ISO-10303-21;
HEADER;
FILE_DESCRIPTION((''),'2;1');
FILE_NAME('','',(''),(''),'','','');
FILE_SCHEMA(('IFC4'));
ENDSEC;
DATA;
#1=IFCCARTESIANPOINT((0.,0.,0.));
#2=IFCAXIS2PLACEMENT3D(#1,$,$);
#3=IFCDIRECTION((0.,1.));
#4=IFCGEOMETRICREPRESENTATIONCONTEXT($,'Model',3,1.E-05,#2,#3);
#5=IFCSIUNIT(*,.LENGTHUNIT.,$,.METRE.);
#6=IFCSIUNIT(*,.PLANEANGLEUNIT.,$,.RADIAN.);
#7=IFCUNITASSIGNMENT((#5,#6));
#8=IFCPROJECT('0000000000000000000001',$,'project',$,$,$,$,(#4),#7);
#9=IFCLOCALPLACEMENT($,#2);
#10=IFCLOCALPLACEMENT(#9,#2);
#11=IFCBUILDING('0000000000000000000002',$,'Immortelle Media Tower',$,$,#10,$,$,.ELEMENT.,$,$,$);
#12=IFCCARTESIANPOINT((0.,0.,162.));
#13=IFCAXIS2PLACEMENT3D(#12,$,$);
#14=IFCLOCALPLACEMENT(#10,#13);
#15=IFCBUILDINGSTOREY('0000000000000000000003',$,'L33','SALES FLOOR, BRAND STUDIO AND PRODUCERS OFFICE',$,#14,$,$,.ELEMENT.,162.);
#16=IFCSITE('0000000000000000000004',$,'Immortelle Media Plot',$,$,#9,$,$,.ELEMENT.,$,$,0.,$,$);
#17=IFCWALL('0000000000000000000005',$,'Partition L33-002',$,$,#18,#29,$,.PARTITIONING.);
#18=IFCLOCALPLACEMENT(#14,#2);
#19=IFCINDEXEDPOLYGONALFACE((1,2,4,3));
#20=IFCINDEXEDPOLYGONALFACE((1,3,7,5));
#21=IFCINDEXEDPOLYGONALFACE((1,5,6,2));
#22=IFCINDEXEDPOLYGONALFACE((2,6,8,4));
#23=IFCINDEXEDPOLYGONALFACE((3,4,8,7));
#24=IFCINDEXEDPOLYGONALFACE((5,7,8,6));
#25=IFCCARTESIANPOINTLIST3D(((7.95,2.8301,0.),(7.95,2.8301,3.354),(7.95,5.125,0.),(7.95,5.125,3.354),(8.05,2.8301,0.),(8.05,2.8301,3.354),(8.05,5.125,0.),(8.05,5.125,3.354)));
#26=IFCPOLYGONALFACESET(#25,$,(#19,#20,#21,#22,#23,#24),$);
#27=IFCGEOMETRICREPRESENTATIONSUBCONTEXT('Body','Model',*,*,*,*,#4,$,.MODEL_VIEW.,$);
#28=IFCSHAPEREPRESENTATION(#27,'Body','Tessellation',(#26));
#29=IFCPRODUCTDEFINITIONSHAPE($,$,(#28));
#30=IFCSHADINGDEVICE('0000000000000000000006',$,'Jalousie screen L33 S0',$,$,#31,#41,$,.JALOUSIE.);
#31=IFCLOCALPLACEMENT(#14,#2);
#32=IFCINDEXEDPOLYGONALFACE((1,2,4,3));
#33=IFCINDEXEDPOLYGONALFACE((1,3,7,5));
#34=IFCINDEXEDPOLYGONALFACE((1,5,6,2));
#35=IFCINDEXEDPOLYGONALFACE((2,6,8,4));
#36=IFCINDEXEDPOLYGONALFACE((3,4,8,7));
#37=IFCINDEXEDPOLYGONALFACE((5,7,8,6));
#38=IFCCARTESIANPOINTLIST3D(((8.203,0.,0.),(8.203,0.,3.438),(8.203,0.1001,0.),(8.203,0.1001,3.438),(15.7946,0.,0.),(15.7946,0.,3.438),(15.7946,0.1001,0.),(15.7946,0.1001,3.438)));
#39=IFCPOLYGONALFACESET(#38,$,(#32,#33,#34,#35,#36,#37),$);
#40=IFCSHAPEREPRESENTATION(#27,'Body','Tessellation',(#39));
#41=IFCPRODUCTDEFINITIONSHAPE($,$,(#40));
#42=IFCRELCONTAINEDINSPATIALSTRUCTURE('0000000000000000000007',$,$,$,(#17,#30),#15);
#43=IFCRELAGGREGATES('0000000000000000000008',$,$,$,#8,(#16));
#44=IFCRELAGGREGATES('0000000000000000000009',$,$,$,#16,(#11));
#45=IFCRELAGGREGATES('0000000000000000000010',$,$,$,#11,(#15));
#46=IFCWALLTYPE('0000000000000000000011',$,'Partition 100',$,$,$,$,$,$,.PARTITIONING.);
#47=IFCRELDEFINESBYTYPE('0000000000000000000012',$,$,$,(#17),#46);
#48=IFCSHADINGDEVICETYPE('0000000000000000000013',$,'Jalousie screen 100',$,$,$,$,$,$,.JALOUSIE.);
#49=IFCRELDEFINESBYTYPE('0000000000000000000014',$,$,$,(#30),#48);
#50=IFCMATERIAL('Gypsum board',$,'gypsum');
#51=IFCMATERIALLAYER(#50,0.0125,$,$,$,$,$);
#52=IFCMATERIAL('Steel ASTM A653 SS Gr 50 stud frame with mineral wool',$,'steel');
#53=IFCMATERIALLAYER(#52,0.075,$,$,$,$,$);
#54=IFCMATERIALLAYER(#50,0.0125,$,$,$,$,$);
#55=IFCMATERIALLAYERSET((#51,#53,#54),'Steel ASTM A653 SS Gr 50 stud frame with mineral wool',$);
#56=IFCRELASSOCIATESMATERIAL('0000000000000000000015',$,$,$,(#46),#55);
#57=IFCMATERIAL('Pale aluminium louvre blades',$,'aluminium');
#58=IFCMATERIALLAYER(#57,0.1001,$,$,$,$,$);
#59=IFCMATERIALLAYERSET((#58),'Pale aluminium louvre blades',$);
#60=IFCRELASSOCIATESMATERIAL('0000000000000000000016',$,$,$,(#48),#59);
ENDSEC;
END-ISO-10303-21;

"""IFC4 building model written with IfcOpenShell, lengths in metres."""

from ifc_helpers import new_model, si_unit, direction, frame, frame_2d, origin, origin_2d, place, context, subcontext, project, spatial, rectangle, extrude, material, layer, layer_set, type_object, element, save


model = new_model("IFC4")

# Units and contexts
model_context = context("Model", 3, precision=1e-05, world=origin(), true_north=direction((0.0, 1.0)))
body_context = subcontext(model_context, "Body", "Model", "MODEL_VIEW")
ifc_project = project(units=[si_unit("LENGTHUNIT", "METRE"), si_unit("PLANEANGLEUNIT", "RADIAN")], contexts=[model_context])

# Site, building, storey
site_placement = place(None, origin())
site = spatial("IfcSite", under=ifc_project, at=site_placement, Name="Immortelle Media Plot", CompositionType="ELEMENT", RefElevation=0.0)
building_placement = place(site_placement, origin())
building = spatial("IfcBuilding", under=site, at=building_placement, Name="Immortelle Media Tower", CompositionType="ELEMENT")
storey_placement = place(building_placement, frame((0.0, 0.0, 162.0)))
storey = spatial("IfcBuildingStorey", under=building, at=storey_placement, Name="L33", Description="SALES FLOOR, BRAND STUDIO AND PRODUCERS OFFICE", CompositionType="ELEMENT", Elevation=162.0)

# Shared definitions
ifc_material_1 = material(Name="Steel ASTM A653 SS Gr 50 stud frame with mineral wool", Category="steel")

# Wall
ifc_material_2 = material(Name="Gypsum board", Category="gypsum")
ifc_layer_1 = layer(ifc_material_2, 0.0125)
ifc_layer_2 = layer(ifc_material_1, 0.075)
ifc_layer_3 = layer(ifc_material_2, 0.0125)
ifc_layer_set_1 = layer_set([ifc_layer_1, ifc_layer_2, ifc_layer_3], Name="Steel ASTM A653 SS Gr 50 stud frame with mineral wool")
wall_type_1 = type_object("IfcWallType", Name="Partition 100", PredefinedType="PARTITIONING", material=ifc_layer_set_1)
wall_1_placement = place(storey_placement, frame((8.0, 2.8301, 0.0), z_axis=(0.0, 0.0, 1.0), x_axis=(0.0, 1.0, 0.0)))
element("IfcWall", 1, at=wall_1_placement, inside=storey, type_object=wall_type_1, Name="Partition L33-002", PredefinedType="PARTITIONING", context=body_context, shape_type="SweptSolid", body=[
    extrude(rectangle(XDim=2.2949, YDim=0.1001, at=frame_2d((1.1475, 0.0))), origin(), (0.0, 0.0, 1.0), 3.354),
])

# Shading device
ifc_material_3 = material(Name="Pale aluminium louvre blades", Category="aluminium")
ifc_layer_4 = layer(ifc_material_3, 0.1001)
ifc_layer_set_2 = layer_set([ifc_layer_4], Name="Pale aluminium louvre blades")
shading_device_type = type_object("IfcShadingDeviceType", Name="Jalousie screen 100", PredefinedType="JALOUSIE", material=ifc_layer_set_2)
shading_device_placement = place(storey_placement, frame((11.9988, 0.05, 0.0), z_axis=(0.0, 0.0, 1.0), x_axis=(1.0, 0.0, 0.0)))
element("IfcShadingDevice", 2, at=shading_device_placement, inside=storey, type_object=shading_device_type, Name="Jalousie screen L33 S0", PredefinedType="JALOUSIE", context=body_context, shape_type="SweptSolid", body=[
    extrude(rectangle(XDim=7.5916, YDim=0.1001, at=origin_2d()), origin(), (0.0, 0.0, 1.0), 3.438),
])

save(model, "model.ifc")
